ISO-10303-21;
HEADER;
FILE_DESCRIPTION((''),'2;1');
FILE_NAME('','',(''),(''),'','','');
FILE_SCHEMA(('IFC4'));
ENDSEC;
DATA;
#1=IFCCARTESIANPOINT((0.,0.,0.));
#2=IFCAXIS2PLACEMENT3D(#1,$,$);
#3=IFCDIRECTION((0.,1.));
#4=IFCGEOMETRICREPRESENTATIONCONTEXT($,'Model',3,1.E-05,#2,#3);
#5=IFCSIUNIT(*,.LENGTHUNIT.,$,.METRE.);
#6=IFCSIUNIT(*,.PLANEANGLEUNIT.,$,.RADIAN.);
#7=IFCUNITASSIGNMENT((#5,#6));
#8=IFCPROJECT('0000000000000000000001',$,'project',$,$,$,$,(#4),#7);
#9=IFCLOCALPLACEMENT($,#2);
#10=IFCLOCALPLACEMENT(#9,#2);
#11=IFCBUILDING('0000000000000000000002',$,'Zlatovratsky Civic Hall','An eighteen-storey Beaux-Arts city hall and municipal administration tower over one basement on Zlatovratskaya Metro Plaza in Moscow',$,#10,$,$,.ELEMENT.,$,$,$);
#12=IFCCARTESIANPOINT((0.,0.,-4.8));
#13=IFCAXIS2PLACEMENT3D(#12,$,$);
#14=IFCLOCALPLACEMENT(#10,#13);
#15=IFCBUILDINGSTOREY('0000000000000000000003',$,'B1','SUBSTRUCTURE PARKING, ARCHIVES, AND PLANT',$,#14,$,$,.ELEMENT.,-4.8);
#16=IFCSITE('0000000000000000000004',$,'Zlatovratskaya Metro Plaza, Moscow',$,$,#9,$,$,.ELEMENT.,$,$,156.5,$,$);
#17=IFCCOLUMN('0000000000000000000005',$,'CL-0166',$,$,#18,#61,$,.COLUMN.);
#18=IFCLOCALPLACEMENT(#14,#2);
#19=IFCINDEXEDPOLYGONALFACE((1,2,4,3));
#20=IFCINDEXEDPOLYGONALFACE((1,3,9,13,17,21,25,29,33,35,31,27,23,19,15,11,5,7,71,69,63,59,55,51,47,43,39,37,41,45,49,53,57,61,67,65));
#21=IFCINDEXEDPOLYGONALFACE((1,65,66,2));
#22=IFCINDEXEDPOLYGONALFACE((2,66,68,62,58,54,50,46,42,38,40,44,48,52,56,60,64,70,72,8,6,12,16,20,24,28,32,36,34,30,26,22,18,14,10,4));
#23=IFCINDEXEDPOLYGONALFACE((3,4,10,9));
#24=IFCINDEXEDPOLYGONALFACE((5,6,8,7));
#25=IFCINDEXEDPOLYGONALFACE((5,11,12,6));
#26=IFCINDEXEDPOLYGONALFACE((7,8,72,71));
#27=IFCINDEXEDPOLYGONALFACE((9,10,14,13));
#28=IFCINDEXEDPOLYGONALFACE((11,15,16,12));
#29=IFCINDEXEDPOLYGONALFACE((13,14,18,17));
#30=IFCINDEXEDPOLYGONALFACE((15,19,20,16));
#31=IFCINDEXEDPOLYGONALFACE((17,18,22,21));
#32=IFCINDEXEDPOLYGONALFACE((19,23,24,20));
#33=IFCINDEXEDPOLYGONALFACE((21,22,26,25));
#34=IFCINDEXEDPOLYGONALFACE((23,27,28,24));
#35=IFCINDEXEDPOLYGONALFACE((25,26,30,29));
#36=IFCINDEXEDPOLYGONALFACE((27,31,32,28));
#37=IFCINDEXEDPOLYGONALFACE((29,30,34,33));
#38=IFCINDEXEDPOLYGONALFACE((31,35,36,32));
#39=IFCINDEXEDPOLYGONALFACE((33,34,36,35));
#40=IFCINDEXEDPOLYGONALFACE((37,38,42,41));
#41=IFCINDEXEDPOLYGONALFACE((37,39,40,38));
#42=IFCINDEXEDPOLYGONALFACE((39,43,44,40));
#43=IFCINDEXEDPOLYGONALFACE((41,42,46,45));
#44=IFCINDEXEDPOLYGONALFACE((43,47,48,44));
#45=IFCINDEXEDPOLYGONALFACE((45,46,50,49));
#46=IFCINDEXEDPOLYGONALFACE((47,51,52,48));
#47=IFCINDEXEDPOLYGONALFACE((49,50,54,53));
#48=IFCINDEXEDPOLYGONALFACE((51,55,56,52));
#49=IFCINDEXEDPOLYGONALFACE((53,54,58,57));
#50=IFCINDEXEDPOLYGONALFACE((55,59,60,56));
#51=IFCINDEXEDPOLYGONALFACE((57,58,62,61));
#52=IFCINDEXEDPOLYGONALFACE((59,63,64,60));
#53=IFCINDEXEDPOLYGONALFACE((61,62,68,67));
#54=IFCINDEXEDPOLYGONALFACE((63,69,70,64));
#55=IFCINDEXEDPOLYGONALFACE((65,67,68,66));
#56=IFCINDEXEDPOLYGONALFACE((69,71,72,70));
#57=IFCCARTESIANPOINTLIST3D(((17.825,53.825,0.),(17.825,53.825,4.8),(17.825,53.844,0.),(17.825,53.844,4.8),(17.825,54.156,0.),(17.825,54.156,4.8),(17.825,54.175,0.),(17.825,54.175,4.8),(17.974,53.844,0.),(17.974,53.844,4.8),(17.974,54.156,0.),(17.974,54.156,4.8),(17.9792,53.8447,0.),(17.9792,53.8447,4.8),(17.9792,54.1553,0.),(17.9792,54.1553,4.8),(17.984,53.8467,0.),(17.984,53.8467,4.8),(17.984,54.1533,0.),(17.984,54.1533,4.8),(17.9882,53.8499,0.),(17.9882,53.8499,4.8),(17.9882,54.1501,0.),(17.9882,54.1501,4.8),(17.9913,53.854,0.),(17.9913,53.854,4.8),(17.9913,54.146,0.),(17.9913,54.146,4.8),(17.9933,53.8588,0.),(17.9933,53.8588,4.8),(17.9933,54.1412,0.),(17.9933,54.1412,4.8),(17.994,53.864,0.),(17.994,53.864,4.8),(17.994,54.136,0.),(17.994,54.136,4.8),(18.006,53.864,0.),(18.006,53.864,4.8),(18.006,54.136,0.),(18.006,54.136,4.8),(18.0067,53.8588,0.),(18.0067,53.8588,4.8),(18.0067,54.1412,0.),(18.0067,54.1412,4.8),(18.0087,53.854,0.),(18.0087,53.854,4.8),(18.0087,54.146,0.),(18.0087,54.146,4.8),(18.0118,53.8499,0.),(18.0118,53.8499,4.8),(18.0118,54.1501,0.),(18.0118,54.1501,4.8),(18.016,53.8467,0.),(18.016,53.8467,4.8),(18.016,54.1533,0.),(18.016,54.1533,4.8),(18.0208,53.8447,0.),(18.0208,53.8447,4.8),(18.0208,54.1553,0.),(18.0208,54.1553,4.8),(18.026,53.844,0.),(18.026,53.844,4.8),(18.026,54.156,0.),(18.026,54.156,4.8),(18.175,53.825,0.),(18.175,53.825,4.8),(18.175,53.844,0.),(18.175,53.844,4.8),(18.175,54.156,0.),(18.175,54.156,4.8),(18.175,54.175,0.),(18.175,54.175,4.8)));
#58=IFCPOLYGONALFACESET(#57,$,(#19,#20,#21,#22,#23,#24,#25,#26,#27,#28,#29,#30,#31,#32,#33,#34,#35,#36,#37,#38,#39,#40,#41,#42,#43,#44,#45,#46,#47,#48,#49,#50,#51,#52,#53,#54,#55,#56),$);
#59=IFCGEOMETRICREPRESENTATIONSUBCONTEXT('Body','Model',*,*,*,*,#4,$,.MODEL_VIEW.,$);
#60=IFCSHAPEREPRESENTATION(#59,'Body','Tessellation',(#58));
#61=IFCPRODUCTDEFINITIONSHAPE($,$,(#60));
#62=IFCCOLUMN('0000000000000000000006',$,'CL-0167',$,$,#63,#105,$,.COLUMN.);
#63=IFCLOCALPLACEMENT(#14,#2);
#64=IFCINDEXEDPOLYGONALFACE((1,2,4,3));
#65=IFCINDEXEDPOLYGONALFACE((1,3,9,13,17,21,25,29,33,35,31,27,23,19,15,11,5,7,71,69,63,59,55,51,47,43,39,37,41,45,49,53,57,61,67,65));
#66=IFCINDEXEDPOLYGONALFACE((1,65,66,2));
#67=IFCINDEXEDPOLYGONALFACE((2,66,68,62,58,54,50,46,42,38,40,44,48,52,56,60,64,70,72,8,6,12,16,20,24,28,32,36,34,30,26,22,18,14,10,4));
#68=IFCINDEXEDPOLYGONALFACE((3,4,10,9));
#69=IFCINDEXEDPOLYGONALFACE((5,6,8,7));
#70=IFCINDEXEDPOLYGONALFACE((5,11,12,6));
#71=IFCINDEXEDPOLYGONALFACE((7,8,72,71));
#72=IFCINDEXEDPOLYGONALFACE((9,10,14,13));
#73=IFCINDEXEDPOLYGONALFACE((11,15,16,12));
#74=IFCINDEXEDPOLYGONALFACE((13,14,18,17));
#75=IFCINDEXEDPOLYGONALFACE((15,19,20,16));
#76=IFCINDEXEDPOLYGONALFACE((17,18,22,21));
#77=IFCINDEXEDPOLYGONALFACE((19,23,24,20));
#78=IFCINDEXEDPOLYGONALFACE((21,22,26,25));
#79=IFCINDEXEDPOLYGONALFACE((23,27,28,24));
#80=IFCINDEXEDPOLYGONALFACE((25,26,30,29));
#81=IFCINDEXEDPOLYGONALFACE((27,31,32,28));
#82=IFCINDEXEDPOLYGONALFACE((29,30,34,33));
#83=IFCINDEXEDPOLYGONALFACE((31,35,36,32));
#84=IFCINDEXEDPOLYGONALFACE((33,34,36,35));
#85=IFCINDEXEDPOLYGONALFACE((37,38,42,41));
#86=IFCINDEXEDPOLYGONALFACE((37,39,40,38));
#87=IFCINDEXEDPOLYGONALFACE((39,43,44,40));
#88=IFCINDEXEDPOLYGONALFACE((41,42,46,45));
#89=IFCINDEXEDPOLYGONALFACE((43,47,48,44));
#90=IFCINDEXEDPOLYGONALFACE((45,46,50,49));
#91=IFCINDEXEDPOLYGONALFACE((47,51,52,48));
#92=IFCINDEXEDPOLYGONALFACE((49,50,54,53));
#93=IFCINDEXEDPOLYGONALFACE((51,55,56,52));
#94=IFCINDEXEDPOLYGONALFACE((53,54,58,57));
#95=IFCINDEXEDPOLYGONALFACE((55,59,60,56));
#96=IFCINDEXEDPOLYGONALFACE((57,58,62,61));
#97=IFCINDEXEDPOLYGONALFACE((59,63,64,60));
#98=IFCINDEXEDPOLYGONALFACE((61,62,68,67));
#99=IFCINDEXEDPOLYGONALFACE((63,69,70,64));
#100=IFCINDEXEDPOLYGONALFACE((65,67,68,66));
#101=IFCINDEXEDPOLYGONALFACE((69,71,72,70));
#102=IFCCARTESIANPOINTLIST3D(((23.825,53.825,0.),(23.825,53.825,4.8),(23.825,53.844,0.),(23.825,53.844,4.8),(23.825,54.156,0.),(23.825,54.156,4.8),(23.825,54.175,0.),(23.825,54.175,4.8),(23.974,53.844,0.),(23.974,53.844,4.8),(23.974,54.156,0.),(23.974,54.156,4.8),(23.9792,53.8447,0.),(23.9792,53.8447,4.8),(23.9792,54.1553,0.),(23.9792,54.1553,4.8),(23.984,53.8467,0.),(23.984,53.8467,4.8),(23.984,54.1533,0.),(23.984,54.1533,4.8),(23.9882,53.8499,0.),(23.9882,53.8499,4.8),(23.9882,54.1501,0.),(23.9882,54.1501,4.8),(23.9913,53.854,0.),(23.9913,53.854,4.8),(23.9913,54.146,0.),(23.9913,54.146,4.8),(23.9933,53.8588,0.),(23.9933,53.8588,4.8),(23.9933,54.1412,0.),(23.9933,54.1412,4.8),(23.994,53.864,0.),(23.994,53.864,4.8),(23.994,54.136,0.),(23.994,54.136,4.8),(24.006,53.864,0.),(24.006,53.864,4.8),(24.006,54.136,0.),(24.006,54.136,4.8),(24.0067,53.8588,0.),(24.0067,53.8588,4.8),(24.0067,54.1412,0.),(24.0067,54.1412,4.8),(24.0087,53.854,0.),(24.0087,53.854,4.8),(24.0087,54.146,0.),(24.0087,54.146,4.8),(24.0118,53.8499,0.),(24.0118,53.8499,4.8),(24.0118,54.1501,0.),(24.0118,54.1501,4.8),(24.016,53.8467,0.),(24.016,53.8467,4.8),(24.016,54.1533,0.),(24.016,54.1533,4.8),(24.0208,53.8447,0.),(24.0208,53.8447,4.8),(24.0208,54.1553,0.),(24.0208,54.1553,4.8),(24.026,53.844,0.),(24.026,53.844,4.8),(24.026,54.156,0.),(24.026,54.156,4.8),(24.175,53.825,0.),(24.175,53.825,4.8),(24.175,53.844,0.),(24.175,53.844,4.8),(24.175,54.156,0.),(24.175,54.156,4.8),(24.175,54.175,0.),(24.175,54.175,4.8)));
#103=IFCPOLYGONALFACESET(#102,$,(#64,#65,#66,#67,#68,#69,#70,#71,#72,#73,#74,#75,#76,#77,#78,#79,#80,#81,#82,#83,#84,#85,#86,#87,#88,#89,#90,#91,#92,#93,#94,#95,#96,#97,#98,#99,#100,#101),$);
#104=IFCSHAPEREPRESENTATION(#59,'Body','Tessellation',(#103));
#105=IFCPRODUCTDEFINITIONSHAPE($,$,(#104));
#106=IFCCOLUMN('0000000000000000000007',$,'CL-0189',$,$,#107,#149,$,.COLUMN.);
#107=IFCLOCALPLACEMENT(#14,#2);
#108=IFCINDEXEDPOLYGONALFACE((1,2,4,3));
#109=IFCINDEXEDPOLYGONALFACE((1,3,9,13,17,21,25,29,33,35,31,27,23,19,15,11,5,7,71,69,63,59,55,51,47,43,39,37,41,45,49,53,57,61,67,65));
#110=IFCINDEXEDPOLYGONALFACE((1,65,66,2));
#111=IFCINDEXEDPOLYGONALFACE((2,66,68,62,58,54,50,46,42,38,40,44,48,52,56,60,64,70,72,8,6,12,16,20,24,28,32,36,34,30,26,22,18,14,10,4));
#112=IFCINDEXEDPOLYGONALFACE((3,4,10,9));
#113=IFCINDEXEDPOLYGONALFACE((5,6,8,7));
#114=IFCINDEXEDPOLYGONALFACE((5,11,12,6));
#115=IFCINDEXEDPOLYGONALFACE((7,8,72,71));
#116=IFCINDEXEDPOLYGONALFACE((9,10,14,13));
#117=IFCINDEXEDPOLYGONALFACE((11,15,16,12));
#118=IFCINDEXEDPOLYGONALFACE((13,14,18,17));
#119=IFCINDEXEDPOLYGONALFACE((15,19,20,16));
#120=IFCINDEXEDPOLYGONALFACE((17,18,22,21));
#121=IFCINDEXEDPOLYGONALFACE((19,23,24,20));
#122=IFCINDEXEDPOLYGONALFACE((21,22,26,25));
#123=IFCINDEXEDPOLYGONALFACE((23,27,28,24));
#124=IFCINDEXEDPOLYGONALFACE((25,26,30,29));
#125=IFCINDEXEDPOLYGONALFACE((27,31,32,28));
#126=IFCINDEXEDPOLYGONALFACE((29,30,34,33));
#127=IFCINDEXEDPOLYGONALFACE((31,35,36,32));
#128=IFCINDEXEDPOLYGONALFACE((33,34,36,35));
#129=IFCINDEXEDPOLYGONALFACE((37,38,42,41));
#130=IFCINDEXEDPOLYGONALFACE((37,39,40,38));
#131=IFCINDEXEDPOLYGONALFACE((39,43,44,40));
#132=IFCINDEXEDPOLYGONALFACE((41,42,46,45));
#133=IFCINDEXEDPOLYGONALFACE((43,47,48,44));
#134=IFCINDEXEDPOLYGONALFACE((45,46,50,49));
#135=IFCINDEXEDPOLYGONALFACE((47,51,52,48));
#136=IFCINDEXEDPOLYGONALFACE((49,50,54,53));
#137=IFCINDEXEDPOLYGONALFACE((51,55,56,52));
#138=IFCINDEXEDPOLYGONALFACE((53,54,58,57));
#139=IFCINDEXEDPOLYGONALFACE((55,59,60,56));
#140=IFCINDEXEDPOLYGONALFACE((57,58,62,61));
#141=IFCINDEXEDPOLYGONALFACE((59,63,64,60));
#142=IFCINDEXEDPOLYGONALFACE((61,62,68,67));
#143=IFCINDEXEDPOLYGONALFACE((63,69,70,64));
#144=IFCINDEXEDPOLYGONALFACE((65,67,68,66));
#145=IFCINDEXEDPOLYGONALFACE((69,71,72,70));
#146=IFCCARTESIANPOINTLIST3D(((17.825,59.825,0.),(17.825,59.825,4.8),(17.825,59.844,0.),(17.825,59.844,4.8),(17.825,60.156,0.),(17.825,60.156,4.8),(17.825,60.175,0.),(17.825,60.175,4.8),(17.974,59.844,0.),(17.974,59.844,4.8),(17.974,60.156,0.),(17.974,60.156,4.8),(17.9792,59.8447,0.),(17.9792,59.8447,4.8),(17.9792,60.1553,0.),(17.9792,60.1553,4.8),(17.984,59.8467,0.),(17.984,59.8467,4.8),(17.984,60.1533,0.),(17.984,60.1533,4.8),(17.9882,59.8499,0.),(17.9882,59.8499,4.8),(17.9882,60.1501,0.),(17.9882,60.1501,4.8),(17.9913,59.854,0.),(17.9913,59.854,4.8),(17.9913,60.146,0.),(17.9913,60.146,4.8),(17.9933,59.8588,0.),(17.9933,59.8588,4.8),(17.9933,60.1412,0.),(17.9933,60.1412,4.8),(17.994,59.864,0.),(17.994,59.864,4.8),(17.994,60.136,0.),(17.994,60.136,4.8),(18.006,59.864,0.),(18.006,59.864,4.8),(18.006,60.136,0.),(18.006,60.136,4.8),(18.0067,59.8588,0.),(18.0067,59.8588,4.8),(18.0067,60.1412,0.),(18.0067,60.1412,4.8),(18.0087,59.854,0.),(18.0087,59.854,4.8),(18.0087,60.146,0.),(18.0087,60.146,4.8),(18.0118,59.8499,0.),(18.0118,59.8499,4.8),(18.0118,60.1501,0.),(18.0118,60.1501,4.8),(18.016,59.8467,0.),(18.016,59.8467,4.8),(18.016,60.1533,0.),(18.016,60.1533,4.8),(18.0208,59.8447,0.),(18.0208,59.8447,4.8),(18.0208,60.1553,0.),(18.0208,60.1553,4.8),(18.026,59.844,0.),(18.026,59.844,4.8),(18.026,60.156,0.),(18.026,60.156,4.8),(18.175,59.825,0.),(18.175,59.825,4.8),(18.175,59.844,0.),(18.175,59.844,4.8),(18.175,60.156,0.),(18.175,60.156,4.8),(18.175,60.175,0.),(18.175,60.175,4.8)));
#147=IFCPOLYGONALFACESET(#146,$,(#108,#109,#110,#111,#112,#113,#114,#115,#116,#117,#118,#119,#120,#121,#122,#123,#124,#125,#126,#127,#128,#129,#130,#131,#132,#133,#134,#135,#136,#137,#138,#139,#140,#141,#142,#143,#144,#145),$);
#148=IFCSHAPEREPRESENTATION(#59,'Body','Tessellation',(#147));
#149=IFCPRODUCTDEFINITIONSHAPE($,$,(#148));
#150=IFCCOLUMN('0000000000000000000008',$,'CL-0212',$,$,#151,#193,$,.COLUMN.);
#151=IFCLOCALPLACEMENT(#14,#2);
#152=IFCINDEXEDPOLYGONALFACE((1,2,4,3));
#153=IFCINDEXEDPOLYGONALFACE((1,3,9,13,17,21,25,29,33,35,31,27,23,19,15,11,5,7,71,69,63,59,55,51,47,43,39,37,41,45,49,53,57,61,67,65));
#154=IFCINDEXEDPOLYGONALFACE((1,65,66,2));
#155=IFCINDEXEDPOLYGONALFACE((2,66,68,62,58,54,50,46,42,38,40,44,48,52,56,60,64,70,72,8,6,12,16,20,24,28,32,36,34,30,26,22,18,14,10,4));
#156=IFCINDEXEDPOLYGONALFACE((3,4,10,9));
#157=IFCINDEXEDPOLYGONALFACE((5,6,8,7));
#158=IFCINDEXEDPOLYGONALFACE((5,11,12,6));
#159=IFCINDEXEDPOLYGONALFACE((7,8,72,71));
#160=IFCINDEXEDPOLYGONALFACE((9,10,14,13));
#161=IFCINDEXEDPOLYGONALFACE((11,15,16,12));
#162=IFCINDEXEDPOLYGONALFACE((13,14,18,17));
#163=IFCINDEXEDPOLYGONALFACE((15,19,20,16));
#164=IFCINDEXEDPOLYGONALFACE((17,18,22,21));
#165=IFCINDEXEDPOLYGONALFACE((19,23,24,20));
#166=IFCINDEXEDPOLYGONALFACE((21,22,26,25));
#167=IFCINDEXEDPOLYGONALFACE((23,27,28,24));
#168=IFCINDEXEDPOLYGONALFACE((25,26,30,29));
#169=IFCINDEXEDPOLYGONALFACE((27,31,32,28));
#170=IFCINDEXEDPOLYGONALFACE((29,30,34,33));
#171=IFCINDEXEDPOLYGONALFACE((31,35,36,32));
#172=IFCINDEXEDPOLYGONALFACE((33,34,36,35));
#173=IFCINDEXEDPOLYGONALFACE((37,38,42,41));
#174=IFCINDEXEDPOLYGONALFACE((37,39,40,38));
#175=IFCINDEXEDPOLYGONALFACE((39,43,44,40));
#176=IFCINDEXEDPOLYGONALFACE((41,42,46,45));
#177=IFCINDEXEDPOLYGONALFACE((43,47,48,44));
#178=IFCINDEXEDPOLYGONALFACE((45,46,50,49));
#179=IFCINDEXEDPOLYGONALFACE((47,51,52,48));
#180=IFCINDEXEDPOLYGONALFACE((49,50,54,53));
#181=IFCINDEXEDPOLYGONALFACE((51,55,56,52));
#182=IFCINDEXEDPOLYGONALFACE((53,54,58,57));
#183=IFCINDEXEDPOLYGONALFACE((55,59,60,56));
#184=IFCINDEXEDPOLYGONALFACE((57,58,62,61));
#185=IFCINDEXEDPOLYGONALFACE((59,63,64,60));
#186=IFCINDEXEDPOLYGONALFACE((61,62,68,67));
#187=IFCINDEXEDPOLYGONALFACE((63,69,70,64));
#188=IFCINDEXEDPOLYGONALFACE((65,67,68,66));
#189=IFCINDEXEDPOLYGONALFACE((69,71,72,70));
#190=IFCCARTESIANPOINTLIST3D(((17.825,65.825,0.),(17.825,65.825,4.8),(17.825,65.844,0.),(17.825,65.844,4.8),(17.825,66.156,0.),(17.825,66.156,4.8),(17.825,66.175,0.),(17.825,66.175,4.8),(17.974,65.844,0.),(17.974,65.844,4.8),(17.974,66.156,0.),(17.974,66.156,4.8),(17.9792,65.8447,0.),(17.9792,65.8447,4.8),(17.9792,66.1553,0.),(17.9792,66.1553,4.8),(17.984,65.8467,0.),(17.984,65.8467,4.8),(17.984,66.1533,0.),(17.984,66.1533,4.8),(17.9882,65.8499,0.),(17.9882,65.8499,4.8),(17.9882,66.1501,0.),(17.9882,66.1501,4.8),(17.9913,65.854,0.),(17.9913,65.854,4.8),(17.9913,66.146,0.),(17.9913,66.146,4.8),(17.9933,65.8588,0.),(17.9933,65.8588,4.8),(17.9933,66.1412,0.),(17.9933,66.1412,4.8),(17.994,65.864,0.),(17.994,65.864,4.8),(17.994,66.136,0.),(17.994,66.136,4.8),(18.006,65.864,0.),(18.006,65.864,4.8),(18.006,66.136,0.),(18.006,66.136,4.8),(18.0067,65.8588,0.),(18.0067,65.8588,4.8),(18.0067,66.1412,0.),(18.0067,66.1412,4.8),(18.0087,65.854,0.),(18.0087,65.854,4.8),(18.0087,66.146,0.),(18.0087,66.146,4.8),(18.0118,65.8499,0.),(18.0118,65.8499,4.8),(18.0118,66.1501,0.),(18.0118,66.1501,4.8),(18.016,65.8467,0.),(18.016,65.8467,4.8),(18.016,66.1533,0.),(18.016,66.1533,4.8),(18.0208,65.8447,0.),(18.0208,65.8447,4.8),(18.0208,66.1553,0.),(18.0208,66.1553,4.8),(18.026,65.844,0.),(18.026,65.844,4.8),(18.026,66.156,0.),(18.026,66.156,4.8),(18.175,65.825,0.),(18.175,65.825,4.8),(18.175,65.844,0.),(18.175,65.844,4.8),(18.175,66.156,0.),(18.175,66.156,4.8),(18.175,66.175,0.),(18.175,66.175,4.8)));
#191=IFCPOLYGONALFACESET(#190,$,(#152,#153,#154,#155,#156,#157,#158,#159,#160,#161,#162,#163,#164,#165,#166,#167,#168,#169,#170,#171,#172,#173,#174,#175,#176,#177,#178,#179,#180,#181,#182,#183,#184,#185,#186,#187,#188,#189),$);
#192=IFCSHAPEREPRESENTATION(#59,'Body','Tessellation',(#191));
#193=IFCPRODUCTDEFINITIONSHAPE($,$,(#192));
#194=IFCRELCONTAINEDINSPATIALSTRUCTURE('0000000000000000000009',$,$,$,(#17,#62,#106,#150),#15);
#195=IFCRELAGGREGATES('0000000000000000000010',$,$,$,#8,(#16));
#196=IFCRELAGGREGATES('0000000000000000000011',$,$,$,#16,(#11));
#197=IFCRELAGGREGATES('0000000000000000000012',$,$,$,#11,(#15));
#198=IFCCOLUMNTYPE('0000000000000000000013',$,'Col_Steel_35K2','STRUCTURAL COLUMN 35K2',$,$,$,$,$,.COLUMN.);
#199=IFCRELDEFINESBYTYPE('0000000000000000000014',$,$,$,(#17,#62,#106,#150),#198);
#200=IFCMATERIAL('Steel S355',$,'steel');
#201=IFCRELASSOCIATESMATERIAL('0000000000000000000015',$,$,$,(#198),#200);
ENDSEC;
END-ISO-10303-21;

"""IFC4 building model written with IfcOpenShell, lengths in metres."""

from ifc_helpers import new_model, si_unit, direction, frame, origin, origin_2d, place, context, subcontext, project, spatial, i_section, extrude, material, material_profile, profile_set, type_object, element, save


model = new_model("IFC4")

# Units and contexts
model_context = context("Model", 3, precision=1e-05, world=origin(), true_north=direction((0.0, 1.0)))
body_context = subcontext(model_context, "Body", "Model", "MODEL_VIEW")
ifc_project = project(units=[si_unit("LENGTHUNIT", "METRE"), si_unit("PLANEANGLEUNIT", "RADIAN")], contexts=[model_context])

# Site, building, storey
site_placement = place(None, origin())
site = spatial("IfcSite", under=ifc_project, at=site_placement, Name="Zlatovratskaya Metro Plaza, Moscow", CompositionType="ELEMENT", RefElevation=156.5)
building_placement = place(site_placement, origin())
building = spatial("IfcBuilding", under=site, at=building_placement, Name="Zlatovratsky Civic Hall", Description="An eighteen-storey Beaux-Arts city hall and municipal administration tower over one basement on Zlatovratskaya Metro Plaza in Moscow", CompositionType="ELEMENT")
storey_placement = place(building_placement, frame((0.0, 0.0, -4.8)))
storey = spatial("IfcBuildingStorey", under=building, at=storey_placement, Name="B1", Description="SUBSTRUCTURE PARKING, ARCHIVES, AND PLANT", CompositionType="ELEMENT", Elevation=-4.8)

# Columns
ifc_material_1 = material(Name="Steel S355", Category="steel")
ifc_material_profile_1 = material_profile(ifc_material_1, i_section(OverallWidth=0.3501, OverallDepth=0.3501, WebThickness=0.012, FlangeThickness=0.019, FilletRadius=0.02, at=origin_2d()), Name="35K2")
ifc_profile_set_1 = profile_set([ifc_material_profile_1], Name="Steel S355")
column_type = type_object("IfcColumnType", Name="Col_Steel_35K2", Description="STRUCTURAL COLUMN 35K2", PredefinedType="COLUMN", material=ifc_profile_set_1)
for number, where, z_axis, x_axis, name in (
    (1, (18.0, 54.0, 0.0), (0.0, 0.0, 1.0), (1.0, 0.0, 0.0), "CL-0166"),
    (2, (24.0, 54.0, 0.0), (0.0, 0.0, 1.0), (1.0, 0.0, 0.0), "CL-0167"),
    (3, (18.0, 60.0, 0.0), (0.0, 0.0, 1.0), (1.0, 0.0, 0.0), "CL-0189"),
    (4, (18.0, 66.0, 0.0), (0.0, 0.0, 1.0), (1.0, 0.0, 0.0), "CL-0212"),
):
    element("IfcColumn", number, at=place(storey_placement, frame(where, z_axis=z_axis, x_axis=x_axis)), inside=storey, type_object=column_type, Name=name, PredefinedType="COLUMN", context=body_context, shape_type="SweptSolid", body=[
        extrude(i_section(OverallWidth=0.3501, OverallDepth=0.3501, WebThickness=0.012, FlangeThickness=0.019, FilletRadius=0.02, at=origin_2d()), origin(), (0.0, 0.0, 1.0), 4.8),
    ])

save(model, "model.ifc")
